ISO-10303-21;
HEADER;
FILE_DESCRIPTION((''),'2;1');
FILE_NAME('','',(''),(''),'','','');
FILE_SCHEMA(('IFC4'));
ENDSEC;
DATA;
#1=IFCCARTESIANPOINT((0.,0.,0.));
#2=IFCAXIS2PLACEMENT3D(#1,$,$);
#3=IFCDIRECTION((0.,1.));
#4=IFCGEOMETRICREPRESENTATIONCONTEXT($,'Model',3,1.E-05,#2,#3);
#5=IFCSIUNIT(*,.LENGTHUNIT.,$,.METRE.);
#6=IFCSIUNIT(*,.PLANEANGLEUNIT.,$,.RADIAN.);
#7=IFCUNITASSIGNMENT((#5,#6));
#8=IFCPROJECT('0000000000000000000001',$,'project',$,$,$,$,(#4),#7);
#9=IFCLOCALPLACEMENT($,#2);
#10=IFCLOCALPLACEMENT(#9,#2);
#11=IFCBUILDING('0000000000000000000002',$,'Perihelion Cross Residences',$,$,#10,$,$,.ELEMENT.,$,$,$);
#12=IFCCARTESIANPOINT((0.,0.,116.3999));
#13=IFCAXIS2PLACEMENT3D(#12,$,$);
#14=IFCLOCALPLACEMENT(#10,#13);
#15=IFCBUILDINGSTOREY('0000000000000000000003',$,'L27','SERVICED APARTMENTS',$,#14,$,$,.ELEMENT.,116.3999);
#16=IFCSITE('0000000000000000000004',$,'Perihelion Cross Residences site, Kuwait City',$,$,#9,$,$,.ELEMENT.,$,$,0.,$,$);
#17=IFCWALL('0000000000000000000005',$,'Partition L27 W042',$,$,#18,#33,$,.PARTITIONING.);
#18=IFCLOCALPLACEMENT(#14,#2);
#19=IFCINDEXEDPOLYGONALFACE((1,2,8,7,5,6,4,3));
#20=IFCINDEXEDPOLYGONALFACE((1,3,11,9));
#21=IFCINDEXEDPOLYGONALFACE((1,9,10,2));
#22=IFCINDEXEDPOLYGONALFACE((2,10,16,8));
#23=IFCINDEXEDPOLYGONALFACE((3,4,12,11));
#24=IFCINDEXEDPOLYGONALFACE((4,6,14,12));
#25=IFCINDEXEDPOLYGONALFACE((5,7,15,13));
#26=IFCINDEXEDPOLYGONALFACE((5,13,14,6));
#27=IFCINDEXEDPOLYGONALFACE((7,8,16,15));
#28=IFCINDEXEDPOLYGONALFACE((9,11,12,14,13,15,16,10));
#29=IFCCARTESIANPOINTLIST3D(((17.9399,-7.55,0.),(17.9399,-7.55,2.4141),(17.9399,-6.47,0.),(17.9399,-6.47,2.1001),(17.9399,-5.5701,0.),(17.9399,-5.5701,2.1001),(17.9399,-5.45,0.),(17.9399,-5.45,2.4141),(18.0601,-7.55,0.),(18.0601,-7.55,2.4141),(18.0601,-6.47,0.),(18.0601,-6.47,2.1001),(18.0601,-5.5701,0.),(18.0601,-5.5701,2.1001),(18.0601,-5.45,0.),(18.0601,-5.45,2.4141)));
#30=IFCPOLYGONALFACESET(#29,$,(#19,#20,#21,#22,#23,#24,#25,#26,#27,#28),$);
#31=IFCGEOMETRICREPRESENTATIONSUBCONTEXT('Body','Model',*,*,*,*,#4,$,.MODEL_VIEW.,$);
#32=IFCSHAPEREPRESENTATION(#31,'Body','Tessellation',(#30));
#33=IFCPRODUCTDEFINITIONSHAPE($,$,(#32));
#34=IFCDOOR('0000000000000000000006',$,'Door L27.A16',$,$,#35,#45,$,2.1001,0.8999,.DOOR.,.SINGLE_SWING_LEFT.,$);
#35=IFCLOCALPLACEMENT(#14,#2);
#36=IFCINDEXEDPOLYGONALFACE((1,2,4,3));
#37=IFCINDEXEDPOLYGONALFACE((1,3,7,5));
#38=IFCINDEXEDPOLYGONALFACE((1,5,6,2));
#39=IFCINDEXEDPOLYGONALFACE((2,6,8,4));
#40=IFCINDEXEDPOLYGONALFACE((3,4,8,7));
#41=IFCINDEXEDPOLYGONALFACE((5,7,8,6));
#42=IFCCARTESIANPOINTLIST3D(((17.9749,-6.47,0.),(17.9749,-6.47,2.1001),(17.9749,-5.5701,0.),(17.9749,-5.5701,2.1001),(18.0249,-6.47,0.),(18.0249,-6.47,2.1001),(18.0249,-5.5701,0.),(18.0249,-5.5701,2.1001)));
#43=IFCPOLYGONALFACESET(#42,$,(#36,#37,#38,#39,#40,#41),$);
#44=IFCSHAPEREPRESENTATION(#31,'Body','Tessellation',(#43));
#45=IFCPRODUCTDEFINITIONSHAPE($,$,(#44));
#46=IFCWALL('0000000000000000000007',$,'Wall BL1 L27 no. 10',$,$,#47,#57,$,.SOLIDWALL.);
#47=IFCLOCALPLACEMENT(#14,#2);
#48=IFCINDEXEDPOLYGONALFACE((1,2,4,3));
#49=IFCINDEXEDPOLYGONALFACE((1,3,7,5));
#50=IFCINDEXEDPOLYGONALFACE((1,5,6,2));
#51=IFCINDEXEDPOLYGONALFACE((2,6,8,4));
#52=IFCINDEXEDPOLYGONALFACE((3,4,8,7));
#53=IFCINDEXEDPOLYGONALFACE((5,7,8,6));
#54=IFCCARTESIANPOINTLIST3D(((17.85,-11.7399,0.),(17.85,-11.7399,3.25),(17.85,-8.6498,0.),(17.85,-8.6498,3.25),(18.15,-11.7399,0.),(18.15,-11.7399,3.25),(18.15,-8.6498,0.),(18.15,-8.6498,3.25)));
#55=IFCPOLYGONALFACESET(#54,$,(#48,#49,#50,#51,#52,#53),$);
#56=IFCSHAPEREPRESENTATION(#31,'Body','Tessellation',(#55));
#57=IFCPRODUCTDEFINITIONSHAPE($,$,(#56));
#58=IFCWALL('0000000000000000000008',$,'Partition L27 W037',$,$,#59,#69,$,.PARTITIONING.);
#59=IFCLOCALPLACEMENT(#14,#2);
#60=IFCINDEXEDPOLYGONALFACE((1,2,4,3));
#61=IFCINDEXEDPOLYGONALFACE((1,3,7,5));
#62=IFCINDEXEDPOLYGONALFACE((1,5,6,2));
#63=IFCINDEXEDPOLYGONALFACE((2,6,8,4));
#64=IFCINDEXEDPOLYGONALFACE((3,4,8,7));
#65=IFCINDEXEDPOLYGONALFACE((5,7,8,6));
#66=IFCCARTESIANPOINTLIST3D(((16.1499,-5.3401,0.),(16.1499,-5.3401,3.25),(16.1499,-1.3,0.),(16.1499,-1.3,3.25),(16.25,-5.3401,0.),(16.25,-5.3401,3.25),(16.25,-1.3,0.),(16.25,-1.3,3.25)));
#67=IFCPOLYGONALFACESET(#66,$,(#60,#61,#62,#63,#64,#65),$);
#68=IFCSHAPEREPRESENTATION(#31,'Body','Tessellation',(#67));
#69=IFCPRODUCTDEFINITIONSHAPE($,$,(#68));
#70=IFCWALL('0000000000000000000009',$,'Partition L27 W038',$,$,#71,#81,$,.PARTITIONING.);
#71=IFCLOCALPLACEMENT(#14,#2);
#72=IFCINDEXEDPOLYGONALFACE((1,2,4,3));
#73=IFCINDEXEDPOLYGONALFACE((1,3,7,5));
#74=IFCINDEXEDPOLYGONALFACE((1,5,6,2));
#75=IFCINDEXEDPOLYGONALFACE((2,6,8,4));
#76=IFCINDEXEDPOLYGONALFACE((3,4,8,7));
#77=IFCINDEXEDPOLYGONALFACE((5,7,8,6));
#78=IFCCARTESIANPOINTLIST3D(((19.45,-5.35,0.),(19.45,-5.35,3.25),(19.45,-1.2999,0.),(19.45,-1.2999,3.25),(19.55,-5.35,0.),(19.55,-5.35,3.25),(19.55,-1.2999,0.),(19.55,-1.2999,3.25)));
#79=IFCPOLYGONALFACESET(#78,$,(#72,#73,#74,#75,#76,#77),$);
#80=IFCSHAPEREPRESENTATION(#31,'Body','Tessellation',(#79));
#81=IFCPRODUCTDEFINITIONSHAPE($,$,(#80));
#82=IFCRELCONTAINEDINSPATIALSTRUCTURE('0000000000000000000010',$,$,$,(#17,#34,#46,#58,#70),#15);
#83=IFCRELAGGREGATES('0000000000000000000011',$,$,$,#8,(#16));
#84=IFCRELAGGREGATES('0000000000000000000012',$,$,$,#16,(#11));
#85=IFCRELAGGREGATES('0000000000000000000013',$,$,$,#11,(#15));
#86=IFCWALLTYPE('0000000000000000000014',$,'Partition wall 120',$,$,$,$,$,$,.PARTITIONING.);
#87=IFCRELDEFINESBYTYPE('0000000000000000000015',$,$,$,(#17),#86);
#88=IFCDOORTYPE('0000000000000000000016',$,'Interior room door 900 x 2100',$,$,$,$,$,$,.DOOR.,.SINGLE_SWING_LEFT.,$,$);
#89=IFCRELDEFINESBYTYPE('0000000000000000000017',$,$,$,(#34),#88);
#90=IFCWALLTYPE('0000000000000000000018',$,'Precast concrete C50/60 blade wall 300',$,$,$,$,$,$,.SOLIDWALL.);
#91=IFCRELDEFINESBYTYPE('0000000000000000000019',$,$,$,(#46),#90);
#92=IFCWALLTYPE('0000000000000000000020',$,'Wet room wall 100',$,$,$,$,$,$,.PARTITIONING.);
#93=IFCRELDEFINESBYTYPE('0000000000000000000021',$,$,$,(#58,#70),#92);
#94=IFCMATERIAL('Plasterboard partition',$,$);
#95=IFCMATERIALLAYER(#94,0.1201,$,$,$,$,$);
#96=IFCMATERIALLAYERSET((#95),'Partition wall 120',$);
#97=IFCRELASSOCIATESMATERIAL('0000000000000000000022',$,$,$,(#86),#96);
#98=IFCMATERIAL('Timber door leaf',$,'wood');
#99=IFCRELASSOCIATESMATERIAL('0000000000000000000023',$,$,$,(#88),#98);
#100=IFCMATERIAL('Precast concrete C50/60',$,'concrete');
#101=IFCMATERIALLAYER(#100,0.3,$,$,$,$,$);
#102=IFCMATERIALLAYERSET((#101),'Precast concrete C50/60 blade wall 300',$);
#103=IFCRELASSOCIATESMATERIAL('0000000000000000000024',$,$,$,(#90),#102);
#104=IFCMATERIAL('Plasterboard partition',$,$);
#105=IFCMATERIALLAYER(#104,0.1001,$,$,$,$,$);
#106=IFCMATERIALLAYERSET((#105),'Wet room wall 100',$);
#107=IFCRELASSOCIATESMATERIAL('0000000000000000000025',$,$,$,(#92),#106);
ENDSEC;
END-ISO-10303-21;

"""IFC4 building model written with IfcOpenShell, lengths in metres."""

from ifc_helpers import new_model, si_unit, direction, frame, frame_2d, origin, place, context, subcontext, project, spatial, rectangle, extrude, material, layer, layer_set, type_object, element, fill, save


model = new_model("IFC4")

# Units and contexts
model_context = context("Model", 3, precision=1e-05, world=origin(), true_north=direction((0.0, 1.0)))
body_context = subcontext(model_context, "Body", "Model", "MODEL_VIEW")
ifc_project = project(units=[si_unit("LENGTHUNIT", "METRE"), si_unit("PLANEANGLEUNIT", "RADIAN")], contexts=[model_context])

# Site, building, storey
site_placement = place(None, origin())
site = spatial("IfcSite", under=ifc_project, at=site_placement, Name="Perihelion Cross Residences site, Kuwait City", CompositionType="ELEMENT", RefElevation=0.0)
building_placement = place(site_placement, origin())
building = spatial("IfcBuilding", under=site, at=building_placement, Name="Perihelion Cross Residences", CompositionType="ELEMENT")
storey_placement = place(building_placement, frame((0.0, 0.0, 116.3999)))
storey = spatial("IfcBuildingStorey", under=building, at=storey_placement, Name="L27", Description="SERVICED APARTMENTS", CompositionType="ELEMENT", Elevation=116.3999)

# Shared definitions
ifc_material_1 = material(Name="Plasterboard partition")
ifc_layer_1 = layer(ifc_material_1, 0.1201)
ifc_layer_set_1 = layer_set([ifc_layer_1], Name="Partition wall 120")
wall_type_1 = type_object("IfcWallType", Name="Partition wall 120", PredefinedType="PARTITIONING", material=ifc_layer_set_1)
ifc_material_2 = material(Name="Timber door leaf", Category="wood")
door_type_1 = type_object("IfcDoorType", Name="Interior room door 900 x 2100", OperationType="SINGLE_SWING_LEFT", PredefinedType="DOOR", material=ifc_material_2)

# Wall, opening, door
wall_1_placement = place(storey_placement, frame((18.0, -5.45, 0.0), z_axis=(0.0, 0.0, 1.0), x_axis=(0.0, -1.0, 0.0)))
wall_1 = element("IfcWall", 1, at=wall_1_placement, inside=storey, type_object=wall_type_1, Name="Partition L27 W042", PredefinedType="PARTITIONING", context=body_context, shape_type="SweptSolid", body=[
    extrude(rectangle(XDim=2.1001, YDim=0.1201, at=frame_2d((1.05, 0.0))), origin(), (0.0, 0.0, 1.0), 2.4141),
])
opening_1_placement = place(wall_1_placement, frame((0.1201, 0.0, 0.0)))
opening_1 = element("IfcOpeningElement", 2, at=opening_1_placement, cuts=wall_1, PredefinedType="OPENING", context=body_context, shape_type="SweptSolid", body=[
    extrude(rectangle(XDim=0.8999, YDim=2.1001, at=frame_2d((0.45, 1.05))), frame((0.0, 0.0701, 0.0), z_axis=(0.0, -1.0, 0.0), x_axis=(1.0, 0.0, 0.0)), (0.0, 0.0, 1.0), 0.1401),
])
door_1_placement = place(opening_1_placement, origin())
door_1 = element("IfcDoor", 3, at=door_1_placement, inside=storey, type_object=door_type_1, Name="Door L27.A16", OperationType="SINGLE_SWING_LEFT", OverallHeight=2.1001, OverallWidth=0.8999, PredefinedType="DOOR", context=body_context, shape_type="SweptSolid", body=[
    extrude(rectangle(XDim=0.8999, YDim=2.1001, at=frame_2d((0.45, 1.05))), frame((0.0, 0.0249, 0.0), z_axis=(0.0, -1.0, 0.0), x_axis=(1.0, 0.0, 0.0)), (0.0, 0.0, 1.0), 0.05),
])
fill(opening_1, door_1)

# Walls
ifc_material_3 = material(Name="Precast concrete C50/60", Category="concrete")
ifc_layer_2 = layer(ifc_material_3, 0.3)
ifc_layer_set_2 = layer_set([ifc_layer_2], Name="Precast concrete C50/60 blade wall 300")
wall_type_2 = type_object("IfcWallType", Name="Precast concrete C50/60 blade wall 300", PredefinedType="SOLIDWALL", material=ifc_layer_set_2)
wall_2_placement = place(storey_placement, frame((18.0, -8.6499, 0.0), z_axis=(0.0, 0.0, 1.0), x_axis=(0.0, -1.0, 0.0)))
element("IfcWall", 4, at=wall_2_placement, inside=storey, type_object=wall_type_2, Name="Wall BL1 L27 no. 10", PredefinedType="SOLIDWALL", context=body_context, shape_type="SweptSolid", body=[
    extrude(rectangle(XDim=3.0901, YDim=0.3, at=frame_2d((1.5449, 0.0))), origin(), (0.0, 0.0, 1.0), 3.25),
])
ifc_material_4 = material(Name="Plasterboard partition")
ifc_layer_3 = layer(ifc_material_4, 0.1001)
ifc_layer_set_3 = layer_set([ifc_layer_3], Name="Wet room wall 100")
wall_type_3 = type_object("IfcWallType", Name="Wet room wall 100", PredefinedType="PARTITIONING", material=ifc_layer_set_3)
wall_3_placement = place(storey_placement, frame((16.2, -1.3, 0.0), z_axis=(0.0, 0.0, 1.0), x_axis=(0.0, -1.0, 0.0)))
element("IfcWall", 5, at=wall_3_placement, inside=storey, type_object=wall_type_3, Name="Partition L27 W037", PredefinedType="PARTITIONING", context=body_context, shape_type="SweptSolid", body=[
    extrude(rectangle(XDim=4.04, YDim=0.1001, at=frame_2d((2.02, 0.0))), origin(), (0.0, 0.0, 1.0), 3.25),
])
wall_4_placement = place(storey_placement, frame((19.5, -1.3, 0.0), z_axis=(0.0, 0.0, 1.0), x_axis=(0.0, -1.0, 0.0)))
element("IfcWall", 6, at=wall_4_placement, inside=storey, type_object=wall_type_3, Name="Partition L27 W038", PredefinedType="PARTITIONING", context=body_context, shape_type="SweptSolid", body=[
    extrude(rectangle(XDim=4.05, YDim=0.1001, at=frame_2d((2.0249, 0.0))), origin(), (0.0, 0.0, 1.0), 3.25),
])

save(model, "model.ifc")
